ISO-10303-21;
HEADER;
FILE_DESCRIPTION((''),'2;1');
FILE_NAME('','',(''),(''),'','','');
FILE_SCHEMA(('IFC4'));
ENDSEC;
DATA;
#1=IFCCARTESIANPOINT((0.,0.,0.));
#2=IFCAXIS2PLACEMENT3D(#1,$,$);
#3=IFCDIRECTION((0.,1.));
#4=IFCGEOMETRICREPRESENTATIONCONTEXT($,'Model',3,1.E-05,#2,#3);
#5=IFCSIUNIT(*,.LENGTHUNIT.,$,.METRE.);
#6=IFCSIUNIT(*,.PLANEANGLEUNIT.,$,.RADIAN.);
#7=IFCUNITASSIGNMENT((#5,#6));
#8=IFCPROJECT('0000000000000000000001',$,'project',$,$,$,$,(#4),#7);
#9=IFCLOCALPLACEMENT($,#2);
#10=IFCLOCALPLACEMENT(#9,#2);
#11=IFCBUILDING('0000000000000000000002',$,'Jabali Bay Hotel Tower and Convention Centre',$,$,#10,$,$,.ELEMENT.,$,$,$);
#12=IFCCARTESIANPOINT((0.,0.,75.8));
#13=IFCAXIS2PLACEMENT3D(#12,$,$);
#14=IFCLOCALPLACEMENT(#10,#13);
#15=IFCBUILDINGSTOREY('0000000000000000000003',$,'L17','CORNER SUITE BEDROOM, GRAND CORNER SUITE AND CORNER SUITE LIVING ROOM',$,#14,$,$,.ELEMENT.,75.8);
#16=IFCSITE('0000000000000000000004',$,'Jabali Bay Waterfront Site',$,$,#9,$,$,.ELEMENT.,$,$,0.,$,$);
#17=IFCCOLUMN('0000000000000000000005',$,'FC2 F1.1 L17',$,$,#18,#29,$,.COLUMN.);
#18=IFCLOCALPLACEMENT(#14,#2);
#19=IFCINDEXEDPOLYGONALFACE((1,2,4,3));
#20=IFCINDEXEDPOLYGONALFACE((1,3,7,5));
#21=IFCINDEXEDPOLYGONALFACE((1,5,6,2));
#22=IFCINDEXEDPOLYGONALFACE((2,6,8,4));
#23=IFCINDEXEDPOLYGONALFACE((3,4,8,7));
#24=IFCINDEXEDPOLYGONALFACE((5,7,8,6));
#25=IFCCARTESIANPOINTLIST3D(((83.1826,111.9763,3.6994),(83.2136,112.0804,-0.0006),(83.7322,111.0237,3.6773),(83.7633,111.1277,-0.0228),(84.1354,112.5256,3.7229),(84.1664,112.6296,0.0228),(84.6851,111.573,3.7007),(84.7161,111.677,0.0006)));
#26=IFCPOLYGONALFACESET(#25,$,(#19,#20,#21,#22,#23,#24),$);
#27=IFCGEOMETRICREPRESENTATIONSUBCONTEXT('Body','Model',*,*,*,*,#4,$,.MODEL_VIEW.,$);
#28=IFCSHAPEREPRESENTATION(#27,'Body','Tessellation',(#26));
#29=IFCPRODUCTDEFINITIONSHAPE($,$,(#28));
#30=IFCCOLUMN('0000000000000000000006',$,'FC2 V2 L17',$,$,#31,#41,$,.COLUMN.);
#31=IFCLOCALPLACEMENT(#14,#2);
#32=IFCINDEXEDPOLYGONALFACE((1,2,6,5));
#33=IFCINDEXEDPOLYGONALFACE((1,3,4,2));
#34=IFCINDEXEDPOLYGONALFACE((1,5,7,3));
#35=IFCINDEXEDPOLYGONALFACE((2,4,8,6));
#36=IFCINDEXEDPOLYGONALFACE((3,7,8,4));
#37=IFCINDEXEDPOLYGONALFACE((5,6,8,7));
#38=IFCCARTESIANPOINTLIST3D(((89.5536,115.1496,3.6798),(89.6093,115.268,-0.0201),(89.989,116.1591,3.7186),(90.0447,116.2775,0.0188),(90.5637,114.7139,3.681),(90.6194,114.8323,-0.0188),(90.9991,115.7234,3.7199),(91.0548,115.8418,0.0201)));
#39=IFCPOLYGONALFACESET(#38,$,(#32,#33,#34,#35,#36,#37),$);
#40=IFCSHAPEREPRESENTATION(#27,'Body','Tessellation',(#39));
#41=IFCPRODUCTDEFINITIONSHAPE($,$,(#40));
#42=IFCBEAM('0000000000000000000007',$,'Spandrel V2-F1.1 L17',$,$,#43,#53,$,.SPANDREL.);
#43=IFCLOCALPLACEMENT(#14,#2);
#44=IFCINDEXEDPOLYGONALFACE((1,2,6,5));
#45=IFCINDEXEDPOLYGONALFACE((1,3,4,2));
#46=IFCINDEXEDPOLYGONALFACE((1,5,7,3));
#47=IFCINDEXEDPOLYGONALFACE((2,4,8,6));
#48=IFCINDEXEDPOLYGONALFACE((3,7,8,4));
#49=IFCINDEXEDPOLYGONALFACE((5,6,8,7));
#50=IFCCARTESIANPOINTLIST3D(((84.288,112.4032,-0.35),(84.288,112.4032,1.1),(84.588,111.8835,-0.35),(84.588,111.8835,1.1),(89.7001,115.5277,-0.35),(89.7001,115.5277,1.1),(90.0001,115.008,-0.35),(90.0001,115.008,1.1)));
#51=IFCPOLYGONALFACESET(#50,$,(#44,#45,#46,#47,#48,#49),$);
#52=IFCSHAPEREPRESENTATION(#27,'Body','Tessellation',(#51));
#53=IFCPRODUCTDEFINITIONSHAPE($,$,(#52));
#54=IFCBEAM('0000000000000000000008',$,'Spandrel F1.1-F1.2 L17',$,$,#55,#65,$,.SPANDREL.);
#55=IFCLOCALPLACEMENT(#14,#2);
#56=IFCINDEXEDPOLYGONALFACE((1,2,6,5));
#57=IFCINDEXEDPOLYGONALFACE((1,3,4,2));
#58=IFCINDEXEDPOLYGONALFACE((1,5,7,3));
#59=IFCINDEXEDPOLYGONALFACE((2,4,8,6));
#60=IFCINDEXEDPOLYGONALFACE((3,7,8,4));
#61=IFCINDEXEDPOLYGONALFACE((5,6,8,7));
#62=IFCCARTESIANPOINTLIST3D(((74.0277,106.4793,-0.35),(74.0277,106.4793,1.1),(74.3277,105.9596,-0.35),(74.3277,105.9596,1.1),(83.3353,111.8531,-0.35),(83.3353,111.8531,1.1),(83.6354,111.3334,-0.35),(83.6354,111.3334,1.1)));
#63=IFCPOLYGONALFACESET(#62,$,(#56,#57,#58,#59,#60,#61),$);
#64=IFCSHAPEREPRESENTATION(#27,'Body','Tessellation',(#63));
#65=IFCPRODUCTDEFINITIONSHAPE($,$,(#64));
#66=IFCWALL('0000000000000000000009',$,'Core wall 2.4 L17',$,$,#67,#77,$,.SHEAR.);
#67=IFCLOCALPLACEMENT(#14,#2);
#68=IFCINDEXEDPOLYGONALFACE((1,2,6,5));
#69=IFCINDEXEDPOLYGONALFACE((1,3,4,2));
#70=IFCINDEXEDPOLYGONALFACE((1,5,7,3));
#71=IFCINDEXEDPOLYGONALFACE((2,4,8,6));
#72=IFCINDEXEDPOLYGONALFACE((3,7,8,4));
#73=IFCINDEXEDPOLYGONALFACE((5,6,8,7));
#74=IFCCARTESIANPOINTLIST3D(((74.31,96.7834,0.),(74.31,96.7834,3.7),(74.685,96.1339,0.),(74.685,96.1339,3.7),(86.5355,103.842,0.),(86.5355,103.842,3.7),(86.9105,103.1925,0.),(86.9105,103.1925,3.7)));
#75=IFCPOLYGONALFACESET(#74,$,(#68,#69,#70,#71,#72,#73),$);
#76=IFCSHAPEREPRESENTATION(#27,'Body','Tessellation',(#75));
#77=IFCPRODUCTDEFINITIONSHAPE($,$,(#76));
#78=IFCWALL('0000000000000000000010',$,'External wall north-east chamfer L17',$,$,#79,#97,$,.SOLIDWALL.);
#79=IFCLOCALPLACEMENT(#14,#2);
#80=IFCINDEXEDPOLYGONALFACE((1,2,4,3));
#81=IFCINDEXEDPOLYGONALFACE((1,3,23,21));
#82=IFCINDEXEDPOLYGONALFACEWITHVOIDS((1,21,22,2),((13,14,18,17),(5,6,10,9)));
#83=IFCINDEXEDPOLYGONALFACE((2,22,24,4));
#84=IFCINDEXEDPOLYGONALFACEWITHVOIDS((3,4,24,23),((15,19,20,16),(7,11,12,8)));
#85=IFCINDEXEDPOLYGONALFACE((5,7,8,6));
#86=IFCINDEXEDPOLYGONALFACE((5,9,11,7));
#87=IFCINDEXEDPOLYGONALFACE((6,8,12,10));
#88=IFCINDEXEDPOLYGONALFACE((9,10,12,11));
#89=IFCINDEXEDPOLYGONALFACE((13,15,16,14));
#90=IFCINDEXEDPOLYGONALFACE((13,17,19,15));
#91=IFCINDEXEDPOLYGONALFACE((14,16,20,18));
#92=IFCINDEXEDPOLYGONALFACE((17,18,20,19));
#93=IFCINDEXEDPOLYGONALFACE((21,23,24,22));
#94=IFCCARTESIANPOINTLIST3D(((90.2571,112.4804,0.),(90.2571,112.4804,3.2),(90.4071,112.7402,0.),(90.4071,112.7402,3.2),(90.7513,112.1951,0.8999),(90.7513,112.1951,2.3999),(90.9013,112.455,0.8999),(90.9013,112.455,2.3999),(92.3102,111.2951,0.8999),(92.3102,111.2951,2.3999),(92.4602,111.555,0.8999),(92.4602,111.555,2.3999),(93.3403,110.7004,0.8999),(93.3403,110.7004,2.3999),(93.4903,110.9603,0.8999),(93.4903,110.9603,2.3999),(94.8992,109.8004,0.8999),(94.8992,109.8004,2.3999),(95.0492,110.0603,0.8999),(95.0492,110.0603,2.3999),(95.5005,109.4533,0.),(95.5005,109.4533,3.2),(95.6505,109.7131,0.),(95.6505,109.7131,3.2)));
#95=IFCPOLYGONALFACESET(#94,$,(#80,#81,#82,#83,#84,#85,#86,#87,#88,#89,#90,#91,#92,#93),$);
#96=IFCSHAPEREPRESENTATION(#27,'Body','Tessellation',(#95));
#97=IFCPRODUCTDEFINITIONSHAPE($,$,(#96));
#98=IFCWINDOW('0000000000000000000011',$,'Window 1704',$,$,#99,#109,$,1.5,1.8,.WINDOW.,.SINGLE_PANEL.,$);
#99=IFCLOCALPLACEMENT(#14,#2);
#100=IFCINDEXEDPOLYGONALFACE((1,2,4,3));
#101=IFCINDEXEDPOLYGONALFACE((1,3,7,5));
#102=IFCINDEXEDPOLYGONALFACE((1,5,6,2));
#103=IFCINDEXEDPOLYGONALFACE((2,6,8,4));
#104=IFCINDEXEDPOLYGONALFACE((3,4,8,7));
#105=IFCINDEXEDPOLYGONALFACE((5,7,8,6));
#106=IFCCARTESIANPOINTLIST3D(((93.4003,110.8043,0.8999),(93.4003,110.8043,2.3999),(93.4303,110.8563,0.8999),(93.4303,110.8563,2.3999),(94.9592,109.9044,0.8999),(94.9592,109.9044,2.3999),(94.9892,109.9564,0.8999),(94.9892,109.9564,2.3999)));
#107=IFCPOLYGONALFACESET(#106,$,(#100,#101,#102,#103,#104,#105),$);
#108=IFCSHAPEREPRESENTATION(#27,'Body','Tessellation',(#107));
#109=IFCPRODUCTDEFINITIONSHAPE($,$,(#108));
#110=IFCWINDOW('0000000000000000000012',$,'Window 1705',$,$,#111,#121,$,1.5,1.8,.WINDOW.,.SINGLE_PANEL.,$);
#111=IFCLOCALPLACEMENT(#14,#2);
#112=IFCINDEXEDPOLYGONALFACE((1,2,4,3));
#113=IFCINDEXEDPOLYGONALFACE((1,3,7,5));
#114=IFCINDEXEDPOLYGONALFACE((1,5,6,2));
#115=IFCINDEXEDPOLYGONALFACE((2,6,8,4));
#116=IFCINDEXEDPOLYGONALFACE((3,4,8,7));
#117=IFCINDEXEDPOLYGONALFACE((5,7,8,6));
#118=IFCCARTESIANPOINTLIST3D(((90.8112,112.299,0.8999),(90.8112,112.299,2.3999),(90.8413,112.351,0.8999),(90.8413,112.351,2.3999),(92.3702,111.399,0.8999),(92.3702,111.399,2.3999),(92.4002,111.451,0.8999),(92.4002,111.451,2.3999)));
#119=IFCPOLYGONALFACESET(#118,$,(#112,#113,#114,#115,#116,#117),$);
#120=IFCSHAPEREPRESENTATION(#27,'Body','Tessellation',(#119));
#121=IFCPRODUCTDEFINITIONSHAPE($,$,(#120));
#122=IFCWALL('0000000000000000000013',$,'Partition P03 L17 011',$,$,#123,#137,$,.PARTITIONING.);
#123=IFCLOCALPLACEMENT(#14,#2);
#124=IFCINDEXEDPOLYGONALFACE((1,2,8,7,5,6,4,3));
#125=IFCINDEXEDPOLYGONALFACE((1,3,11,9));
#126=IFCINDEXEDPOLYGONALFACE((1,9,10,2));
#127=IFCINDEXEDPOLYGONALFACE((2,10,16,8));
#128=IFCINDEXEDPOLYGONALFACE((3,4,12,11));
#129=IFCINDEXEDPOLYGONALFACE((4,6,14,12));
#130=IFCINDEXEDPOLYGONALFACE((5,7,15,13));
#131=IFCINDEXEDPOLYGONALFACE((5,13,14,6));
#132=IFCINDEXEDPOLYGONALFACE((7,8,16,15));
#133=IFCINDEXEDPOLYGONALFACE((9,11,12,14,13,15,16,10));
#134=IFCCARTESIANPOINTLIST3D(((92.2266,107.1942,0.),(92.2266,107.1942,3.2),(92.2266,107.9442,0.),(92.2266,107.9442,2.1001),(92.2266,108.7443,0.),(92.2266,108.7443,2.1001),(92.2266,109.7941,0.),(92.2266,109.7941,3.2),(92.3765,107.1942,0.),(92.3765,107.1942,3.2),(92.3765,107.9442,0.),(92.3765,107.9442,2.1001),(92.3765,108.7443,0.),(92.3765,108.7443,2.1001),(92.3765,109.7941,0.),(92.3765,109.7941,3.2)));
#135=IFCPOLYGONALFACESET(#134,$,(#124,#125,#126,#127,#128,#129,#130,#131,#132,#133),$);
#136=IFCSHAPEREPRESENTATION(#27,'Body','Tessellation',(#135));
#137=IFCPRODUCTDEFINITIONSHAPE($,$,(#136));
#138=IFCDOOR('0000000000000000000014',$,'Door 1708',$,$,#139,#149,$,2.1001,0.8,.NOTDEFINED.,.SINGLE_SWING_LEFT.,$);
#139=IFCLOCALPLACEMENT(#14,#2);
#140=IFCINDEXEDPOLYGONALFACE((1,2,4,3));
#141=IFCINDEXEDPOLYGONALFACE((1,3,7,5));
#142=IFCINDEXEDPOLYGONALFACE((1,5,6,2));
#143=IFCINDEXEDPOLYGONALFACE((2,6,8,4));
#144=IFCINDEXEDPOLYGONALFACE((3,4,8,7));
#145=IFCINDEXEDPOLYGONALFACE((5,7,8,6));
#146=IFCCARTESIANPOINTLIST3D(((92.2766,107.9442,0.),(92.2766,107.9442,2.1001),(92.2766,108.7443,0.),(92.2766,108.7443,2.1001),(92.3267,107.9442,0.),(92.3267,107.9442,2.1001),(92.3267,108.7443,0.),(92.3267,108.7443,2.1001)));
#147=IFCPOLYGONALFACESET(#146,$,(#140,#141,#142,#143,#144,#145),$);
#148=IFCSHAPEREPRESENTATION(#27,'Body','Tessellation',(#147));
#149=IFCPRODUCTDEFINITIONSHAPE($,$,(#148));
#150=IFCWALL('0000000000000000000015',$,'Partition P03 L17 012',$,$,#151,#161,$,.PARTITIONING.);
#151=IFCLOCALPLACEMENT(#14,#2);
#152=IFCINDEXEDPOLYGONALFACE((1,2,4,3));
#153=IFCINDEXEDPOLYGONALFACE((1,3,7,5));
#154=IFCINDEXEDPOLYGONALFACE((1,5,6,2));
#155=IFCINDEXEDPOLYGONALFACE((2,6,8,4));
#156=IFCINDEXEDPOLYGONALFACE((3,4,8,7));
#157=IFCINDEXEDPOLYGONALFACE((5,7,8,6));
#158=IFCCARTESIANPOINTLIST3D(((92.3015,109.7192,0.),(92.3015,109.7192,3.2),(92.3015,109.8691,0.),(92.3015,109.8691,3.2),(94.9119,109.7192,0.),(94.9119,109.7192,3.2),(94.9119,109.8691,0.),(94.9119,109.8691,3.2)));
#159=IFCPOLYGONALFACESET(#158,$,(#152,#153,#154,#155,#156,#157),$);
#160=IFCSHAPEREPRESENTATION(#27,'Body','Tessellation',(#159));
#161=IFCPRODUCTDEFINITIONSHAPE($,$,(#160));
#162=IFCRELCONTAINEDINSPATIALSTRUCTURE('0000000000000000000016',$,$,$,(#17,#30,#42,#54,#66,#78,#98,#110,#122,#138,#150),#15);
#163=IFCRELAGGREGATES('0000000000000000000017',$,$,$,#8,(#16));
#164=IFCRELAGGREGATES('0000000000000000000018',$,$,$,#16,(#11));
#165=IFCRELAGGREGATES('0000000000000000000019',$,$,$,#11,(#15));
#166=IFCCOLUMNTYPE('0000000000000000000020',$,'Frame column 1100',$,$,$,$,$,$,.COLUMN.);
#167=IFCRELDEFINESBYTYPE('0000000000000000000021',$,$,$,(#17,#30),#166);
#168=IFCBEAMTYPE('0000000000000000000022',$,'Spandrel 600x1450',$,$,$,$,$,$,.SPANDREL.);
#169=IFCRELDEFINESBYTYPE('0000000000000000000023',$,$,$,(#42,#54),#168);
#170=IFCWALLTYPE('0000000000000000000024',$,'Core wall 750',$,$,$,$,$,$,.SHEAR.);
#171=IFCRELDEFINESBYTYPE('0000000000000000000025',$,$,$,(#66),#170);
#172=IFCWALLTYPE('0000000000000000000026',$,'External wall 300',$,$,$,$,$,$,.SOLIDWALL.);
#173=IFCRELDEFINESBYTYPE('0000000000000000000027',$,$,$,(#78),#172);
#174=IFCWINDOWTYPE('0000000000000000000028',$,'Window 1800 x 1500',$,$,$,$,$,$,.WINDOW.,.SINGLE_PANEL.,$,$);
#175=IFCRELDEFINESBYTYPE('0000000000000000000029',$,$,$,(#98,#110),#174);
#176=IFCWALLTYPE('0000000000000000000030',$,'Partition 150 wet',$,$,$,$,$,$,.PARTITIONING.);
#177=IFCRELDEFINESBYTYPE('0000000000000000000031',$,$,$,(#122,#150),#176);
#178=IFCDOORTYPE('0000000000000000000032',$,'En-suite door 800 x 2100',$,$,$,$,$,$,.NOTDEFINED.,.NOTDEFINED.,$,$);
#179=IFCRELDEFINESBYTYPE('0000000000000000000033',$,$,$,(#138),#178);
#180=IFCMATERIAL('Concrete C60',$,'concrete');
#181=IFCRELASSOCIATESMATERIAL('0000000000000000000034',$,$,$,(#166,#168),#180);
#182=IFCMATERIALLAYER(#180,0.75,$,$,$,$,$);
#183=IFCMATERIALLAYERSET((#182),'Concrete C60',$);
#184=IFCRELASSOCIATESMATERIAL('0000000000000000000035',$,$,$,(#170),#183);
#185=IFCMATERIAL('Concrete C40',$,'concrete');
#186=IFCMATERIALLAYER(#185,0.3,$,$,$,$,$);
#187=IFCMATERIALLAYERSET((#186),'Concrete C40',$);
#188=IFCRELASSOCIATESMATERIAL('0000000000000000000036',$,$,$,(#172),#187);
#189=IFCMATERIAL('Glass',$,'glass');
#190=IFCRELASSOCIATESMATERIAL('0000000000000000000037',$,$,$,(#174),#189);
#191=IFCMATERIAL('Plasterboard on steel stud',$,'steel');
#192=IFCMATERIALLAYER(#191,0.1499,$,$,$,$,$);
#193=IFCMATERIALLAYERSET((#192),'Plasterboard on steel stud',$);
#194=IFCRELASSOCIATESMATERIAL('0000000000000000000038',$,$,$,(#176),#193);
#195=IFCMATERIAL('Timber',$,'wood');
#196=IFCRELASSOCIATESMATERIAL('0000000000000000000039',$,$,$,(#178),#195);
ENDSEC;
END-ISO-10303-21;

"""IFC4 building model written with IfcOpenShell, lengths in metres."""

from ifc_helpers import new_model, si_unit, direction, frame, frame_2d, origin, origin_2d, place, context, subcontext, project, spatial, rectangle, extrude, material, layer, layer_set, material_profile, profile_set, type_object, element, fill, save


model = new_model("IFC4")

# Units and contexts
model_context = context("Model", 3, precision=1e-05, world=origin(), true_north=direction((0.0, 1.0)))
body_context = subcontext(model_context, "Body", "Model", "MODEL_VIEW")
ifc_project = project(units=[si_unit("LENGTHUNIT", "METRE"), si_unit("PLANEANGLEUNIT", "RADIAN")], contexts=[model_context])

# Site, building, storey
site_placement = place(None, origin())
site = spatial("IfcSite", under=ifc_project, at=site_placement, Name="Jabali Bay Waterfront Site", CompositionType="ELEMENT", RefElevation=0.0)
building_placement = place(site_placement, origin())
building = spatial("IfcBuilding", under=site, at=building_placement, Name="Jabali Bay Hotel Tower and Convention Centre", CompositionType="ELEMENT")
storey_placement = place(building_placement, frame((0.0, 0.0, 75.8)))
storey = spatial("IfcBuildingStorey", under=building, at=storey_placement, Name="L17", Description="CORNER SUITE BEDROOM, GRAND CORNER SUITE AND CORNER SUITE LIVING ROOM", CompositionType="ELEMENT", Elevation=75.8)

# Columns
ifc_material_1 = material(Name="Concrete C60", Category="concrete")
ifc_material_profile_1 = material_profile(ifc_material_1, rectangle(XDim=1.1001, YDim=1.1001, at=origin_2d()), Name="Frame column 1100")
ifc_profile_set_1 = profile_set([ifc_material_profile_1], Name="Concrete C60")
column_type = type_object("IfcColumnType", Name="Frame column 1100", PredefinedType="COLUMN", material=ifc_profile_set_1)
column_1_placement = place(storey_placement, frame((83.9648, 111.8787, 0.0), z_axis=(-0.008376, -0.028097, 0.99957), x_axis=(0.866172, 0.499293, 0.021293)))
element("IfcColumn", 1, at=column_1_placement, inside=storey, type_object=column_type, Name="FC2 F1.1 L17", PredefinedType="COLUMN", context=body_context, shape_type="SweptSolid", body=[
    extrude(rectangle(XDim=1.1001, YDim=1.1001, at=origin_2d()), origin(), (0.0, 0.0, 1.0), 3.7017),
])
column_2_placement = place(storey_placement, frame((90.332, 115.5549, 0.0), z_axis=(-0.015035, -0.031983, 0.999375), x_axis=(0.918222, -0.396064, 0.001139)))
element("IfcColumn", 2, at=column_2_placement, inside=storey, type_object=column_type, Name="FC2 V2 L17", PredefinedType="COLUMN", context=body_context, shape_type="SweptSolid", body=[
    extrude(rectangle(XDim=1.1001, YDim=1.1001, at=origin_2d()), origin(), (0.0, 0.0, 1.0), 3.7021),
])

# Beams
ifc_material_profile_2 = material_profile(ifc_material_1, rectangle(XDim=0.6001, YDim=1.45, at=origin_2d()), Name="Spandrel 600x1450")
ifc_profile_set_2 = profile_set([ifc_material_profile_2], Name="Concrete C60")
beam_type = type_object("IfcBeamType", Name="Spandrel 600x1450", PredefinedType="SPANDREL", material=ifc_profile_set_2)
beam_1_placement = place(storey_placement, frame((89.8501, 115.2678, 0.375), z_axis=(-0.866037, -0.499979, 0.0), x_axis=(0.499979, -0.866037, 0.0)))
element("IfcBeam", 3, at=beam_1_placement, inside=storey, type_object=beam_type, Name="Spandrel V2-F1.1 L17", PredefinedType="SPANDREL", context=body_context, shape_type="SweptSolid", body=[
    extrude(rectangle(XDim=0.6001, YDim=1.45, at=origin_2d()), origin(), (0.0, 0.0, 1.0), 6.2493),
])
beam_2_placement = place(storey_placement, frame((83.4854, 111.5933, 0.375), z_axis=(-0.866024, -0.500002, 0.0), x_axis=(0.500002, -0.866024, 0.0)))
element("IfcBeam", 4, at=beam_2_placement, inside=storey, type_object=beam_type, Name="Spandrel F1.1-F1.2 L17", PredefinedType="SPANDREL", context=body_context, shape_type="SweptSolid", body=[
    extrude(rectangle(XDim=0.6001, YDim=1.45, at=origin_2d()), origin(), (0.0, 0.0, 1.0), 10.7476),
])

# Wall
ifc_layer_1 = layer(ifc_material_1, 0.75)
ifc_layer_set_1 = layer_set([ifc_layer_1], Name="Concrete C60")
wall_type_1 = type_object("IfcWallType", Name="Core wall 750", PredefinedType="SHEAR", material=ifc_layer_set_1)
wall_1_placement = place(storey_placement, frame((86.7231, 103.5173, 0.0), z_axis=(0.0, 0.0, 1.0), x_axis=(-0.866021, -0.500008, 0.0)))
element("IfcWall", 5, at=wall_1_placement, inside=storey, type_object=wall_type_1, Name="Core wall 2.4 L17", PredefinedType="SHEAR", context=body_context, shape_type="SweptSolid", body=[
    extrude(rectangle(XDim=14.1169, YDim=0.75, at=frame_2d((7.0586, 0.0))), origin(), (0.0, 0.0, 1.0), 3.7),
])

# Wall, openings, windows
ifc_material_2 = material(Name="Concrete C40", Category="concrete")
ifc_layer_2 = layer(ifc_material_2, 0.3)
ifc_layer_set_2 = layer_set([ifc_layer_2], Name="Concrete C40")
wall_type_2 = type_object("IfcWallType", Name="External wall 300", PredefinedType="SOLIDWALL", material=ifc_layer_set_2)
wall_2_placement = place(storey_placement, frame((90.332, 112.6104, 0.0), z_axis=(0.0, 0.0, 1.0), x_axis=(0.866039, -0.499977, 0.0)))
wall_2 = element("IfcWall", 6, at=wall_2_placement, inside=storey, type_object=wall_type_2, Name="External wall north-east chamfer L17", PredefinedType="SOLIDWALL", context=body_context, shape_type="SweptSolid", body=[
    extrude(rectangle(XDim=6.0544, YDim=0.3, at=frame_2d((3.0273, 0.0))), origin(), (0.0, 0.0, 1.0), 3.2),
])
opening_1_placement = place(wall_2_placement, frame((3.5603, 0.0, 0.8999)))
opening_1 = element("IfcOpeningElement", 7, at=opening_1_placement, cuts=wall_2, PredefinedType="OPENING", context=body_context, shape_type="SweptSolid", body=[
    extrude(rectangle(XDim=1.8, YDim=1.5, at=frame_2d((0.8999, 0.75))), frame((0.0, 0.1606, 0.0), z_axis=(0.0, -1.0, 0.0), x_axis=(1.0, 0.0, 0.0)), (0.0, 0.0, 1.0), 0.321),
])
opening_2_placement = place(wall_2_placement, frame((0.5708, 0.0, 0.8999)))
opening_2 = element("IfcOpeningElement", 8, at=opening_2_placement, cuts=wall_2, PredefinedType="OPENING", context=body_context, shape_type="SweptSolid", body=[
    extrude(rectangle(XDim=1.8, YDim=1.5, at=frame_2d((0.8999, 0.75))), frame((0.0, 0.1606, 0.0), z_axis=(0.0, -1.0, 0.0), x_axis=(1.0, 0.0, 0.0)), (0.0, 0.0, 1.0), 0.321),
])
ifc_material_3 = material(Name="Glass", Category="glass")
window_type = type_object("IfcWindowType", Name="Window 1800 x 1500", PartitioningType="SINGLE_PANEL", PredefinedType="WINDOW", material=ifc_material_3)
window_1_placement = place(opening_1_placement, origin())
window_1 = element("IfcWindow", 9, at=window_1_placement, inside=storey, type_object=window_type, Name="Window 1704", OverallHeight=1.5, OverallWidth=1.8, PartitioningType="SINGLE_PANEL", PredefinedType="WINDOW", context=body_context, shape_type="SweptSolid", body=[
    extrude(rectangle(XDim=1.8, YDim=1.5, at=frame_2d((0.8999, 0.75))), frame((0.0, 0.03, 0.0), z_axis=(0.0, -1.0, 0.0), x_axis=(1.0, 0.0, 0.0)), (0.0, 0.0, 1.0), 0.0601),
])
fill(opening_1, window_1)
window_2_placement = place(opening_2_placement, origin())
window_2 = element("IfcWindow", 10, at=window_2_placement, inside=storey, type_object=window_type, Name="Window 1705", OverallHeight=1.5, OverallWidth=1.8, PartitioningType="SINGLE_PANEL", PredefinedType="WINDOW", context=body_context, shape_type="SweptSolid", body=[
    extrude(rectangle(XDim=1.8, YDim=1.5, at=frame_2d((0.8999, 0.75))), frame((0.0, 0.03, 0.0), z_axis=(0.0, -1.0, 0.0), x_axis=(1.0, 0.0, 0.0)), (0.0, 0.0, 1.0), 0.0601),
])
fill(opening_2, window_2)

# Wall, opening, door
ifc_material_4 = material(Name="Plasterboard on steel stud", Category="steel")
ifc_layer_3 = layer(ifc_material_4, 0.1499)
ifc_layer_set_3 = layer_set([ifc_layer_3], Name="Plasterboard on steel stud")
wall_type_3 = type_object("IfcWallType", Name="Partition 150 wet", PredefinedType="PARTITIONING", material=ifc_layer_set_3)
wall_3_placement = place(storey_placement, frame((92.3015, 107.1943, 0.0), z_axis=(0.0, 0.0, 1.0), x_axis=(0.0, 1.0, 0.0)))
wall_3 = element("IfcWall", 11, at=wall_3_placement, inside=storey, type_object=wall_type_3, Name="Partition P03 L17 011", PredefinedType="PARTITIONING", context=body_context, shape_type="SweptSolid", body=[
    extrude(rectangle(XDim=2.5999, YDim=0.1499, at=frame_2d((1.2998, 0.0))), origin(), (0.0, 0.0, 1.0), 3.2),
])
opening_3_placement = place(wall_3_placement, frame((0.75, 0.0, 0.0)))
opening_3 = element("IfcOpeningElement", 12, at=opening_3_placement, cuts=wall_3, PredefinedType="OPENING", context=body_context, shape_type="SweptSolid", body=[
    extrude(rectangle(XDim=0.8, YDim=2.1001, at=frame_2d((0.3999, 1.05))), frame((0.0, 0.0854, 0.0), z_axis=(0.0, -1.0, 0.0), x_axis=(1.0, 0.0, 0.0)), (0.0, 0.0, 1.0), 0.1709),
])
ifc_material_5 = material(Name="Timber", Category="wood")
door_type = type_object("IfcDoorType", Name="En-suite door 800 x 2100", OperationType="NOTDEFINED", PredefinedType="NOTDEFINED", material=ifc_material_5)
door_placement = place(opening_3_placement, origin())
door = element("IfcDoor", 13, at=door_placement, inside=storey, type_object=door_type, Name="Door 1708", OperationType="SINGLE_SWING_LEFT", OverallHeight=2.1001, OverallWidth=0.8, PredefinedType="NOTDEFINED", context=body_context, shape_type="SweptSolid", body=[
    extrude(rectangle(XDim=0.8, YDim=2.1001, at=frame_2d((0.3999, 1.05))), frame((0.0, 0.0249, 0.0), z_axis=(0.0, -1.0, 0.0), x_axis=(1.0, 0.0, 0.0)), (0.0, 0.0, 1.0), 0.05),
])
fill(opening_3, door)

# Wall
wall_4_placement = place(storey_placement, frame((92.3015, 109.7942, 0.0), z_axis=(0.0, 0.0, 1.0), x_axis=(1.0, 0.0, 0.0)))
element("IfcWall", 14, at=wall_4_placement, inside=storey, type_object=wall_type_3, Name="Partition P03 L17 012", PredefinedType="PARTITIONING", context=body_context, shape_type="SweptSolid", body=[
    extrude(rectangle(XDim=2.6104, YDim=0.1499, at=frame_2d((1.3052, 0.0))), origin(), (0.0, 0.0, 1.0), 3.2),
])

save(model, "model.ifc")
